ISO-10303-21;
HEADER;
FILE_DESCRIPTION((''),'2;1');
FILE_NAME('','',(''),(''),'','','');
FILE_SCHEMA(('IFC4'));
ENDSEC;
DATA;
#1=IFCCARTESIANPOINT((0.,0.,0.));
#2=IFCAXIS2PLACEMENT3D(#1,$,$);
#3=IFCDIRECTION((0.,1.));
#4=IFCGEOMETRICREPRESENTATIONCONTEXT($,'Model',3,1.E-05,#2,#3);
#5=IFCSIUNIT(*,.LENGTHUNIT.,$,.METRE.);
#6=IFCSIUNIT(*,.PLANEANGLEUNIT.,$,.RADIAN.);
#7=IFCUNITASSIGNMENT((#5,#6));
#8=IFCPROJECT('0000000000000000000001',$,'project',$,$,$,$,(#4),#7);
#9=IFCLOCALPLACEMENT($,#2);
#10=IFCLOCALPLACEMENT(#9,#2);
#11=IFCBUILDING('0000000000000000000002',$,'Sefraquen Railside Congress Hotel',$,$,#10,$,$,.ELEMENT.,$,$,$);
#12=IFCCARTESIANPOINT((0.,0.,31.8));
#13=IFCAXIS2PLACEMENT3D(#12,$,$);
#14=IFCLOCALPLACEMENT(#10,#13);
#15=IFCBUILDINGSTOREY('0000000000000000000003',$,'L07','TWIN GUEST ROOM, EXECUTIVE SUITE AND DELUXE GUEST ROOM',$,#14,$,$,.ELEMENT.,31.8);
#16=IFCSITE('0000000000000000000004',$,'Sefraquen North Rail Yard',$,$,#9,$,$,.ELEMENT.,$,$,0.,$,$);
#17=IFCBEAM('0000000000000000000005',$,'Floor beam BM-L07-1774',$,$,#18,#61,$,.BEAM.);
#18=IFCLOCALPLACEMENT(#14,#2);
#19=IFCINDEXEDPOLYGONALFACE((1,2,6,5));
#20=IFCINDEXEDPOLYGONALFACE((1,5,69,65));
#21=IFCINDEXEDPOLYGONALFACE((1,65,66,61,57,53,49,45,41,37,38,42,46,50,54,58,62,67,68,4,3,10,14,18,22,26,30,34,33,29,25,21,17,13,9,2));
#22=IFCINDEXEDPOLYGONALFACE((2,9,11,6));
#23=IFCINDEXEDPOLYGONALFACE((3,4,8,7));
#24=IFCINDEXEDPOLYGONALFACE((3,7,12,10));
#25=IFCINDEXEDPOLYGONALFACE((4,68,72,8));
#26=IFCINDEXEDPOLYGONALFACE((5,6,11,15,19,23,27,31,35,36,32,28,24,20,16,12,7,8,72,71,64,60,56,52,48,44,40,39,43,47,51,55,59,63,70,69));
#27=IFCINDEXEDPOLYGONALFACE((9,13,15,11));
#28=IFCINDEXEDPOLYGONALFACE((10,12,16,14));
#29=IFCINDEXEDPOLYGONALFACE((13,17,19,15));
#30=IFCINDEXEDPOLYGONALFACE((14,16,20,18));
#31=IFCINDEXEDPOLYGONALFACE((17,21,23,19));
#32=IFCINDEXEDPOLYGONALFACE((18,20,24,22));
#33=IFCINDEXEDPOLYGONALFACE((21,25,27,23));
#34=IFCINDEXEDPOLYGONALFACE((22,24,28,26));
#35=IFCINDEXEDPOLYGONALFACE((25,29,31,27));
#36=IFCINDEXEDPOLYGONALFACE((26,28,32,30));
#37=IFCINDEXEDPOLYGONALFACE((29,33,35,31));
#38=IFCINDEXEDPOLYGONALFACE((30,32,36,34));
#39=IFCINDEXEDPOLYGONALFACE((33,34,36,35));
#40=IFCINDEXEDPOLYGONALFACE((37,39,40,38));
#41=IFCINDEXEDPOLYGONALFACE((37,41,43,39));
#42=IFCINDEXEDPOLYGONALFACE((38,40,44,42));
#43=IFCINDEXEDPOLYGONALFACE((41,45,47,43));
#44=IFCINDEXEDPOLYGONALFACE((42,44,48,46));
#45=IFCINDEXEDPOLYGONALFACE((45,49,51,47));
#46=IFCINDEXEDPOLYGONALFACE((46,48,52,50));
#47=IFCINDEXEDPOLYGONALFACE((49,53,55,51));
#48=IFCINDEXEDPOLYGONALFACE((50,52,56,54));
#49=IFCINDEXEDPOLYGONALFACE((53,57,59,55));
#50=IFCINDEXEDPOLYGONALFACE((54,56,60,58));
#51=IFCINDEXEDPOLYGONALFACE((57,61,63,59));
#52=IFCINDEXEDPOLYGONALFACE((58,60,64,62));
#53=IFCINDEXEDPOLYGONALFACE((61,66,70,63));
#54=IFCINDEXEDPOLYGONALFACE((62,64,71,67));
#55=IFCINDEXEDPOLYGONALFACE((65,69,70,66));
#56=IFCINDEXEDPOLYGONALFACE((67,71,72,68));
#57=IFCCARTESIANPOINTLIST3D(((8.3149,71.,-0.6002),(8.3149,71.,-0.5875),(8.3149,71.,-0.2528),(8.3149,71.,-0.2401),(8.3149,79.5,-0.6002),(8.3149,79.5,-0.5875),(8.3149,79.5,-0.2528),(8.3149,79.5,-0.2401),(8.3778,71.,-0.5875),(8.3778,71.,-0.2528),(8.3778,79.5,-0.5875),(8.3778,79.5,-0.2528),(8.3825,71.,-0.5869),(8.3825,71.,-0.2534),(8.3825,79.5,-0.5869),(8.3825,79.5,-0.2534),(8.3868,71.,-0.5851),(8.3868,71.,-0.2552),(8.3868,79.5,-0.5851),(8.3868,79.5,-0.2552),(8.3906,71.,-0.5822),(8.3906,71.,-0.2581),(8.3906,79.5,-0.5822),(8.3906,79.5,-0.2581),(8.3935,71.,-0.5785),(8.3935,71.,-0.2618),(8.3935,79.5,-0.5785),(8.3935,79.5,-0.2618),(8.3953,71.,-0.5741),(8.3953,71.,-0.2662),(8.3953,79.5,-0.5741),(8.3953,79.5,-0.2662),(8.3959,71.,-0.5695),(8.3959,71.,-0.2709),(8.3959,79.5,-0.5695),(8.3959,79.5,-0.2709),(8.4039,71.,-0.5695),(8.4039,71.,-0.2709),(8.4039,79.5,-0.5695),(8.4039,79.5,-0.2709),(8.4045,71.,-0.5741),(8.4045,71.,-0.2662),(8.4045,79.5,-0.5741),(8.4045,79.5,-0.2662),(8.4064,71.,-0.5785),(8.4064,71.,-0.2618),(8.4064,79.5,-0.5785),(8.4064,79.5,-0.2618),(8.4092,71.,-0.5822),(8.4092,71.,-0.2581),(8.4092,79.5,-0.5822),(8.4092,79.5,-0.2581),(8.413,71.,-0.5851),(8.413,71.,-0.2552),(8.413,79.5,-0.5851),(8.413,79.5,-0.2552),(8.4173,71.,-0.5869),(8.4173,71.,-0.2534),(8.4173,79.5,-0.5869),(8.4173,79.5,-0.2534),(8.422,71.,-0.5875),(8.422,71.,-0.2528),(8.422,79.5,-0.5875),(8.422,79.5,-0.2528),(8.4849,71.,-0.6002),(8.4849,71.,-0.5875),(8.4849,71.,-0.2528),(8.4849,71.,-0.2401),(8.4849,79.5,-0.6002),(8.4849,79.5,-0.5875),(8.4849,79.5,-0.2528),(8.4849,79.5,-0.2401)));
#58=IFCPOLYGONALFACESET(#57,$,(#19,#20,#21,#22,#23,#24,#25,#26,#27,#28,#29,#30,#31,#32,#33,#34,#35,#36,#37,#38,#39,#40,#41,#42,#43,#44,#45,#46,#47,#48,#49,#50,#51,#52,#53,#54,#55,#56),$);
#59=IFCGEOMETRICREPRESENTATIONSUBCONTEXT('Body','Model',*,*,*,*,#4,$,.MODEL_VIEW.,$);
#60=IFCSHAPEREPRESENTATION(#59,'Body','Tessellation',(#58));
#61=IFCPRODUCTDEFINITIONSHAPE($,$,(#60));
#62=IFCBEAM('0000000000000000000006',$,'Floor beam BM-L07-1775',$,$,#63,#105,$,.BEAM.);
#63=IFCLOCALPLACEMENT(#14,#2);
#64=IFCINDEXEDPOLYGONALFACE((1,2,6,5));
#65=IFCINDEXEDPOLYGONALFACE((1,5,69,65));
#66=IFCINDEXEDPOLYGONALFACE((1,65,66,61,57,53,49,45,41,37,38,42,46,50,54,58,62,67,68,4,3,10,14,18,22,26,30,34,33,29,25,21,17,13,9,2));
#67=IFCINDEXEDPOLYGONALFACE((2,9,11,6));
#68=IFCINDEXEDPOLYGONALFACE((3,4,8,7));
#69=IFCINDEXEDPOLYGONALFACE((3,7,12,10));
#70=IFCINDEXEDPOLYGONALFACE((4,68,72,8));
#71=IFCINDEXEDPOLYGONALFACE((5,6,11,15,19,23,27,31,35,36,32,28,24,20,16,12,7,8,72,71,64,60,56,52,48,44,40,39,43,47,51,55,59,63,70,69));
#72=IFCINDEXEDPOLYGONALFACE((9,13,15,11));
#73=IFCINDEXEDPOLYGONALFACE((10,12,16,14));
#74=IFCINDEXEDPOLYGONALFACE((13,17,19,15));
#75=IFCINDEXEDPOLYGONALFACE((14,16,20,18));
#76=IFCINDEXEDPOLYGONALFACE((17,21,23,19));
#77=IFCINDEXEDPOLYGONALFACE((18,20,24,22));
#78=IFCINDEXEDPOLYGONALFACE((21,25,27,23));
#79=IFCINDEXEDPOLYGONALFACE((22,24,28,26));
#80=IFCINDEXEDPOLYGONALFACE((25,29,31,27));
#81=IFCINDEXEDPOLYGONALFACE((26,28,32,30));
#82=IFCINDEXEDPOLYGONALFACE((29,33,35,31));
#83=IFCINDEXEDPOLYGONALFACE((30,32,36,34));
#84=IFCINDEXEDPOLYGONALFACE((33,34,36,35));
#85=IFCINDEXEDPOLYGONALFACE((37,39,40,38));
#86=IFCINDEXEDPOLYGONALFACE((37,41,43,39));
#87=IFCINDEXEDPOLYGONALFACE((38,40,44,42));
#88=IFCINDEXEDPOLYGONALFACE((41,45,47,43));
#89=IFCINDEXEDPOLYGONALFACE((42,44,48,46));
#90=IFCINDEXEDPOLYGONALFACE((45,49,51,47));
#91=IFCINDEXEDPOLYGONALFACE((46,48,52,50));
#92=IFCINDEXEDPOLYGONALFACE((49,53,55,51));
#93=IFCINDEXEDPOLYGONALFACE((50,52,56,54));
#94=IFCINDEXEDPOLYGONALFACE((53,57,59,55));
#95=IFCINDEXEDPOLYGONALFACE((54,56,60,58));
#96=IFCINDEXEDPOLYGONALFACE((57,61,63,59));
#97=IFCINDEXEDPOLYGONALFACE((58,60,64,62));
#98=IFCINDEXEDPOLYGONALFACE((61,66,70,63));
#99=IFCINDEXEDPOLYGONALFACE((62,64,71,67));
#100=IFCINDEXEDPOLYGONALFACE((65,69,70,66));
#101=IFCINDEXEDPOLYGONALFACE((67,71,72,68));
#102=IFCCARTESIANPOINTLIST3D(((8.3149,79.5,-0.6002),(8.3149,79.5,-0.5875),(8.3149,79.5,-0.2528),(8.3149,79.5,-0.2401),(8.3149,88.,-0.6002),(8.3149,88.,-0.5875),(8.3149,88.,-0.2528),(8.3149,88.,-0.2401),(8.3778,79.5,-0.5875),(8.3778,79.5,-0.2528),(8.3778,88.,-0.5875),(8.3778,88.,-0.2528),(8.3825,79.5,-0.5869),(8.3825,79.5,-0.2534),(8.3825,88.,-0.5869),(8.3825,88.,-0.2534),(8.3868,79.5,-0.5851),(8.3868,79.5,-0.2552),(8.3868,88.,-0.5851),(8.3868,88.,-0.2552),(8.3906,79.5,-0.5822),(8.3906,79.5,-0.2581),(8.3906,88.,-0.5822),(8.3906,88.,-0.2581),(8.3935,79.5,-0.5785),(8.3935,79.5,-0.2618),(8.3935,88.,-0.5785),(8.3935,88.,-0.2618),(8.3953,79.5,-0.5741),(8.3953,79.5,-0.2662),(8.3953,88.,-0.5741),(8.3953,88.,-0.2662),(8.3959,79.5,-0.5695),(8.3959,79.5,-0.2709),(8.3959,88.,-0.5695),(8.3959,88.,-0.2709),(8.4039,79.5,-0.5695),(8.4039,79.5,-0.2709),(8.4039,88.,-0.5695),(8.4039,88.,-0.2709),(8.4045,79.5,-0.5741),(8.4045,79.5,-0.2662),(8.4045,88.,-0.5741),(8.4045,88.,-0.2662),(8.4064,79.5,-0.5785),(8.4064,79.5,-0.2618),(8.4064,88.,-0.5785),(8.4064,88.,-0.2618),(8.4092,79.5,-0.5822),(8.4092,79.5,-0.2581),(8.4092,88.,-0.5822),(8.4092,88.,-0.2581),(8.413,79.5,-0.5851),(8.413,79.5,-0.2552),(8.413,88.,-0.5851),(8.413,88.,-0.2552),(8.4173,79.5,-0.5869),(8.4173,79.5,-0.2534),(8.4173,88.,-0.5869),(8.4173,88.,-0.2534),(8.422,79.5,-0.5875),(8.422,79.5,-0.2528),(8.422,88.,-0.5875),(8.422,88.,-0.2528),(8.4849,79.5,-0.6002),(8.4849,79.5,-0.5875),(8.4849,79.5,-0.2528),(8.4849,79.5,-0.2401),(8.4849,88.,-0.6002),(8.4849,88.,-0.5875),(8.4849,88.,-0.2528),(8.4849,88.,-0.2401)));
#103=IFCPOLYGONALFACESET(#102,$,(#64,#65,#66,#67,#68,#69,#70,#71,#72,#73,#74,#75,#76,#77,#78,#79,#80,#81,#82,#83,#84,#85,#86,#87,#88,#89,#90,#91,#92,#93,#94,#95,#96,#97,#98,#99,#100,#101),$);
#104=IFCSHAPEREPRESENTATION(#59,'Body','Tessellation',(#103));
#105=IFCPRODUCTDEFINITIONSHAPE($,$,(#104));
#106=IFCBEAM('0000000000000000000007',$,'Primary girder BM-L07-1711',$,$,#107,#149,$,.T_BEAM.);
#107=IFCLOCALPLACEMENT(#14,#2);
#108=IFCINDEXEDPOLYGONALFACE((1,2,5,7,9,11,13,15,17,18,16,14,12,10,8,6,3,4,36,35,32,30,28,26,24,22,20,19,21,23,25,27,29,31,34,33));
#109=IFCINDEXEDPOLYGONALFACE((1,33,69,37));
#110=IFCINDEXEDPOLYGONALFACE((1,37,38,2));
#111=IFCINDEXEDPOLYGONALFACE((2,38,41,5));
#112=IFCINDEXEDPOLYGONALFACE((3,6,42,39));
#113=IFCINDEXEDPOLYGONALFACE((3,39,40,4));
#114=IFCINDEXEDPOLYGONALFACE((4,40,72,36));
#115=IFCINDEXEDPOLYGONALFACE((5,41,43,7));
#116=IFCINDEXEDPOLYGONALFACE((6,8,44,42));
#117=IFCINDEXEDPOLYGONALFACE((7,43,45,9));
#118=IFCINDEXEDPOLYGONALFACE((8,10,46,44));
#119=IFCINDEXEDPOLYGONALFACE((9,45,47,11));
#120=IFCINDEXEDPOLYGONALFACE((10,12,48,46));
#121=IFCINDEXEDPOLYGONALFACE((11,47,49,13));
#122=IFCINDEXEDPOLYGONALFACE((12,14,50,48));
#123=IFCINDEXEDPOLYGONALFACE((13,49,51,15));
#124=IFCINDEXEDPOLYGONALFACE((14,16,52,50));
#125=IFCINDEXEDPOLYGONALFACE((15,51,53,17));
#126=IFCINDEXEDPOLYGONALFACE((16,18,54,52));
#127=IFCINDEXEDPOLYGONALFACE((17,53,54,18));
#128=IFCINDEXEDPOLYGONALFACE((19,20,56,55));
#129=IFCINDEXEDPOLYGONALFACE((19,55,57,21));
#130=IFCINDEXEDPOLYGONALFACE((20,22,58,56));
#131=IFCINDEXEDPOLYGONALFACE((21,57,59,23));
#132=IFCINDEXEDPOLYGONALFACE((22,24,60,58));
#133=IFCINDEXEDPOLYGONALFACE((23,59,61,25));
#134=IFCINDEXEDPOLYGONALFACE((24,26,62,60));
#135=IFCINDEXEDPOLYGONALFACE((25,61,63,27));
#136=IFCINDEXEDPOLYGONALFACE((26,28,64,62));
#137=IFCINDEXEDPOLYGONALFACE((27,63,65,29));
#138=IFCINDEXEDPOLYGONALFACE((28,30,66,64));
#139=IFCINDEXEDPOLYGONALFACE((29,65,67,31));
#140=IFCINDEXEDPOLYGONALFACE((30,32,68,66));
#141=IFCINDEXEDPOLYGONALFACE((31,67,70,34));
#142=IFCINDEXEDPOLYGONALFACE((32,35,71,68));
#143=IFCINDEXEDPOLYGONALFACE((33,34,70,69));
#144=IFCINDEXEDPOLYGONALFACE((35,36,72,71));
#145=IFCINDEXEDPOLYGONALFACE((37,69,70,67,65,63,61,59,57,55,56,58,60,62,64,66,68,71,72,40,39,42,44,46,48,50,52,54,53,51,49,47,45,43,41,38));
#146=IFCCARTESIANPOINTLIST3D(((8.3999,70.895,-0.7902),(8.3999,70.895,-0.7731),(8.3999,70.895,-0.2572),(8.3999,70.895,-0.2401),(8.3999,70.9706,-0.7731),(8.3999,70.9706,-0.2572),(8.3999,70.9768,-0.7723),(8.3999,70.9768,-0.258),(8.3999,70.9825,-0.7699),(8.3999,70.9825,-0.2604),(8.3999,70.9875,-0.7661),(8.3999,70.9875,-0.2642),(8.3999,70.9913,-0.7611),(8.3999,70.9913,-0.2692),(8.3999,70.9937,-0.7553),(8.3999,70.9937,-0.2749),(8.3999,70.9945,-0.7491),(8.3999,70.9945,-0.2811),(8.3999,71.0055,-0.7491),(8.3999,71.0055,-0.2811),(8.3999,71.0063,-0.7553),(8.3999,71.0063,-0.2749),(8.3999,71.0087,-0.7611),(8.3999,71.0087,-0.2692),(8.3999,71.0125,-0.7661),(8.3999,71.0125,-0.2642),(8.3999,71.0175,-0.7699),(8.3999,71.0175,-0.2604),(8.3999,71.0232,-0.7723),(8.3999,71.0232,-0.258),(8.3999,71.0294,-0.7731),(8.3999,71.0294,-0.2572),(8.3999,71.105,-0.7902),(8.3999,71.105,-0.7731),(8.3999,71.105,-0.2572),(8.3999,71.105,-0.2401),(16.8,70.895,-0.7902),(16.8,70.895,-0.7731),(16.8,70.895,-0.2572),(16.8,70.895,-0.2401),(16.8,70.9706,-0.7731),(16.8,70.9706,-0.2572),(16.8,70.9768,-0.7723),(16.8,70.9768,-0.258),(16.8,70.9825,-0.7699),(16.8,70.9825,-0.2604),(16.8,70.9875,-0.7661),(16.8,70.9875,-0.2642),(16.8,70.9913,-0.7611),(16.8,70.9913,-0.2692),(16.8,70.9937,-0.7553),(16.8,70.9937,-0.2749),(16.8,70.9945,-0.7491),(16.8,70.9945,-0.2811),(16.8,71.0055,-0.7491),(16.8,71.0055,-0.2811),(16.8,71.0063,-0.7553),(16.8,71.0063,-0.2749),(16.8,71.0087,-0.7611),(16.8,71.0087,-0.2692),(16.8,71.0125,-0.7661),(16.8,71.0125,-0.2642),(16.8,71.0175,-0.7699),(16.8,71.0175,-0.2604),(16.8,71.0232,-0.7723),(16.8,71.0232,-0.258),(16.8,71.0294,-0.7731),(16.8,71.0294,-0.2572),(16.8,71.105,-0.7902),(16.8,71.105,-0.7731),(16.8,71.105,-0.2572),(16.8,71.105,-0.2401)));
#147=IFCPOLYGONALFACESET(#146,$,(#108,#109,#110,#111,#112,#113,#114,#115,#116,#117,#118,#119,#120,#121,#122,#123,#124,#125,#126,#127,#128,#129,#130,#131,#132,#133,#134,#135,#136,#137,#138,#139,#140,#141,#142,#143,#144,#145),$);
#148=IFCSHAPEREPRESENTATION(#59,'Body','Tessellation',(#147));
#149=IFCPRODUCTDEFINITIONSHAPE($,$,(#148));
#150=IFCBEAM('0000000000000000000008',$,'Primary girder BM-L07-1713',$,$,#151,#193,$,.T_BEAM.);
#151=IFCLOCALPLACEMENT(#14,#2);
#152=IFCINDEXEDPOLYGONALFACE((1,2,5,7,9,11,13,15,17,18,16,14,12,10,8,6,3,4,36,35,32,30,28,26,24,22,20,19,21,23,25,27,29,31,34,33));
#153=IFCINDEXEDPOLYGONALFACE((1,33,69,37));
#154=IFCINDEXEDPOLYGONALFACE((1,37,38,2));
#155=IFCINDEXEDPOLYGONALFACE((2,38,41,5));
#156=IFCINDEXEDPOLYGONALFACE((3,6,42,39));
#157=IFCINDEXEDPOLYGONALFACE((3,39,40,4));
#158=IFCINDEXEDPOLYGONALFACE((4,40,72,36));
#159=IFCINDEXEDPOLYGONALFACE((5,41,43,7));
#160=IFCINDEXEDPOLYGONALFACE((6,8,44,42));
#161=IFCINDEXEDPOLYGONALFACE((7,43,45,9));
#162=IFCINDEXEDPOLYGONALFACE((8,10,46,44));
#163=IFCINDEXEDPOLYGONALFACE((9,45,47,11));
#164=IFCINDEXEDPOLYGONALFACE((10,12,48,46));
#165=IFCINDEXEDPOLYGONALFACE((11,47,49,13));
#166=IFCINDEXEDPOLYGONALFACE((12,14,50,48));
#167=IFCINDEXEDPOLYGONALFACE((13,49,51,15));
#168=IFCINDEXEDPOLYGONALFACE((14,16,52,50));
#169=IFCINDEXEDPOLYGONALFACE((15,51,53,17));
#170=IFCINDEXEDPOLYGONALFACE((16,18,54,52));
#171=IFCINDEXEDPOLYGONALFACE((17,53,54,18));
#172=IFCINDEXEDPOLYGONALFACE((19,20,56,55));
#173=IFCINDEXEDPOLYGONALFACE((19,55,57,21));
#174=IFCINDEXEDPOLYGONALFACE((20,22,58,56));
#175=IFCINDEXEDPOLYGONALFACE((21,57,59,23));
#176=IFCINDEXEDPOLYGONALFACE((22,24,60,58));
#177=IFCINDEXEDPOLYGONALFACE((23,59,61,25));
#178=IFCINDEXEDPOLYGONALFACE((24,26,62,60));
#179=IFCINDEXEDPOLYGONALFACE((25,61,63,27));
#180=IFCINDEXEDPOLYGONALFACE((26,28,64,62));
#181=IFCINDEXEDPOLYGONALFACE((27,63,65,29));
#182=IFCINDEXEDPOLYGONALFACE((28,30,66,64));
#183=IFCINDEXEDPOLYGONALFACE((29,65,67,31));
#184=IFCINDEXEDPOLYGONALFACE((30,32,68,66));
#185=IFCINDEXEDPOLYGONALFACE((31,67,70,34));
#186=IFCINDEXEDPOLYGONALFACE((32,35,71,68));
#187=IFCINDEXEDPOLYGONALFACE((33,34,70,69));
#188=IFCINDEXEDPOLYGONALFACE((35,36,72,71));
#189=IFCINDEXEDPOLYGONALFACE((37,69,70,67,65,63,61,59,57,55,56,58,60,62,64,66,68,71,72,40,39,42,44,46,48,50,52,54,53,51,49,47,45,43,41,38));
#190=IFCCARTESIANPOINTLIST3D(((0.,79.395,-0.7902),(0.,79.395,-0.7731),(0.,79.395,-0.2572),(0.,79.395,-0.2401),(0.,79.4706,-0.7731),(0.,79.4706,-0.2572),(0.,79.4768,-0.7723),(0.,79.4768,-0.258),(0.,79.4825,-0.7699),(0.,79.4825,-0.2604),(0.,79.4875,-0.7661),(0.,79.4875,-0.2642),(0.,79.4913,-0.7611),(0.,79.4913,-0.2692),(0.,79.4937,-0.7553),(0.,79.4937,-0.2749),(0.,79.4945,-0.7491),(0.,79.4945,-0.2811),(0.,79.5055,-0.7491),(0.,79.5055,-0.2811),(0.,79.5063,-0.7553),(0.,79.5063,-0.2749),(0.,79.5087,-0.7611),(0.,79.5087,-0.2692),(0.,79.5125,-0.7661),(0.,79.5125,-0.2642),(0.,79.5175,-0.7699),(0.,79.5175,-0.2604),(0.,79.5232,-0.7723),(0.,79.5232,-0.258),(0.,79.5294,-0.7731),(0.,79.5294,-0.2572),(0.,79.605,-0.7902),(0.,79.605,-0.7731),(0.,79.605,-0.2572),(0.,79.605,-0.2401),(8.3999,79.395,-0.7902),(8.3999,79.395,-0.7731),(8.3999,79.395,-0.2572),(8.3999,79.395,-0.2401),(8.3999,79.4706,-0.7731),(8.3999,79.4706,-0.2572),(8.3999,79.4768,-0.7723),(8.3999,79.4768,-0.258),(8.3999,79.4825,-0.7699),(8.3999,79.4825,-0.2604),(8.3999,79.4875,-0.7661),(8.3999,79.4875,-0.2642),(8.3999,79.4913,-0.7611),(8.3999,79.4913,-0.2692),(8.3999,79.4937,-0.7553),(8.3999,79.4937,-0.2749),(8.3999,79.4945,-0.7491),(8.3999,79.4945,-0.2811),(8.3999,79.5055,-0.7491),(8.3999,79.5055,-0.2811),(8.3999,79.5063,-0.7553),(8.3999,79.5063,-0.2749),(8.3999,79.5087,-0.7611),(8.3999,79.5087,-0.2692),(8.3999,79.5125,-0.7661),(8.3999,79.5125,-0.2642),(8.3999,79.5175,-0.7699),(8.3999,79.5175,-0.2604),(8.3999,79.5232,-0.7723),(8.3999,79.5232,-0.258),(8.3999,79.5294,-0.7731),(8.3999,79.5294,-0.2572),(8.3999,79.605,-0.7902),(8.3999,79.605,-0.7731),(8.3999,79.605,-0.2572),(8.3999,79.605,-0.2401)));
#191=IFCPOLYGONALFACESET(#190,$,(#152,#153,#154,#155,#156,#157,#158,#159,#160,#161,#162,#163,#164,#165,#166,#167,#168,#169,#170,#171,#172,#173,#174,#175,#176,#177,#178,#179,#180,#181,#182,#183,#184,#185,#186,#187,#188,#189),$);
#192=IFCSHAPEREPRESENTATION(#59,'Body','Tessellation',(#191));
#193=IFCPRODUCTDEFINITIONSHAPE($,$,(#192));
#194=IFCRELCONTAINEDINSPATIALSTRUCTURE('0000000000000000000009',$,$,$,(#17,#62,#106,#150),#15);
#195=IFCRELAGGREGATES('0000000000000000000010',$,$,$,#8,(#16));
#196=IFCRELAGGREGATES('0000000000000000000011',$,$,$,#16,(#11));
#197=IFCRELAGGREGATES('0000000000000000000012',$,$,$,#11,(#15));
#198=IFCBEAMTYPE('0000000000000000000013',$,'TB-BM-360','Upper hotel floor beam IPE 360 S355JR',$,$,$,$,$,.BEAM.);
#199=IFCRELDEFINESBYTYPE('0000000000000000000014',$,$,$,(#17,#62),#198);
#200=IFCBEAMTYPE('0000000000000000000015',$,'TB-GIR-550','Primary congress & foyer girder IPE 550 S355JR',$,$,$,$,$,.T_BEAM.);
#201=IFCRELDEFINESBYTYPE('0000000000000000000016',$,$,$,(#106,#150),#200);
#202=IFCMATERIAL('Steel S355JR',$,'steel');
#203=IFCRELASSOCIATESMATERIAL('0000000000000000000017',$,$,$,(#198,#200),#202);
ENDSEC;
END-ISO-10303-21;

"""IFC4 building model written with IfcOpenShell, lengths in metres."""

from ifc_helpers import new_model, si_unit, direction, frame, origin, origin_2d, place, context, subcontext, project, spatial, i_section, extrude, material, material_profile, profile_set, type_object, element, save


model = new_model("IFC4")

# Units and contexts
model_context = context("Model", 3, precision=1e-05, world=origin(), true_north=direction((0.0, 1.0)))
body_context = subcontext(model_context, "Body", "Model", "MODEL_VIEW")
ifc_project = project(units=[si_unit("LENGTHUNIT", "METRE"), si_unit("PLANEANGLEUNIT", "RADIAN")], contexts=[model_context])

# Site, building, storey
site_placement = place(None, origin())
site = spatial("IfcSite", under=ifc_project, at=site_placement, Name="Sefraquen North Rail Yard", CompositionType="ELEMENT", RefElevation=0.0)
building_placement = place(site_placement, origin())
building = spatial("IfcBuilding", under=site, at=building_placement, Name="Sefraquen Railside Congress Hotel", CompositionType="ELEMENT")
storey_placement = place(building_placement, frame((0.0, 0.0, 31.8)))
storey = spatial("IfcBuildingStorey", under=building, at=storey_placement, Name="L07", Description="TWIN GUEST ROOM, EXECUTIVE SUITE AND DELUXE GUEST ROOM", CompositionType="ELEMENT", Elevation=31.8)

# Shared definitions
ifc_material_1 = material(Name="Steel S355JR", Category="steel")

# Beams
ifc_material_profile_1 = material_profile(ifc_material_1, i_section(OverallWidth=0.1699, OverallDepth=0.3601, WebThickness=0.0081, FlangeThickness=0.0127, FilletRadius=0.0181, at=origin_2d()), Name="IPE 360")
ifc_profile_set_1 = profile_set([ifc_material_profile_1], Name="Steel S355JR")
beam_type_1 = type_object("IfcBeamType", Name="TB-BM-360", Description="Upper hotel floor beam IPE 360 S355JR", PredefinedType="BEAM", material=ifc_profile_set_1)
for number, where, z_axis, x_axis, name in (
    (1, (8.3999, 71.0, -0.4202), (0.0, 1.0, 0.0), (-1.0, 0.0, 0.0), "Floor beam BM-L07-1774"),
    (2, (8.3999, 79.5, -0.4202), (0.0, 1.0, 0.0), (-1.0, 0.0, 0.0), "Floor beam BM-L07-1775"),
):
    element("IfcBeam", number, at=place(storey_placement, frame(where, z_axis=z_axis, x_axis=x_axis)), inside=storey, type_object=beam_type_1, Name=name, PredefinedType="BEAM", context=body_context, shape_type="SweptSolid", body=[
        extrude(i_section(OverallWidth=0.1699, OverallDepth=0.3601, WebThickness=0.0081, FlangeThickness=0.0127, FilletRadius=0.0181, at=origin_2d()), origin(), (0.0, 0.0, 1.0), 8.5),
    ])
ifc_material_profile_2 = material_profile(ifc_material_1, i_section(OverallWidth=0.21, OverallDepth=0.55, WebThickness=0.011, FlangeThickness=0.0171, FilletRadius=0.0239, at=origin_2d()), Name="IPE 550")
ifc_profile_set_2 = profile_set([ifc_material_profile_2], Name="Steel S355JR")
beam_type_2 = type_object("IfcBeamType", Name="TB-GIR-550", Description="Primary congress & foyer girder IPE 550 S355JR", PredefinedType="T_BEAM", material=ifc_profile_set_2)
beam_1_placement = place(storey_placement, frame((8.3999, 71.0, -0.5151), z_axis=(1.0, 0.0, 0.0), x_axis=(0.0, 1.0, 0.0)))
element("IfcBeam", 3, at=beam_1_placement, inside=storey, type_object=beam_type_2, Name="Primary girder BM-L07-1711", PredefinedType="T_BEAM", context=body_context, shape_type="SweptSolid", body=[
    extrude(i_section(OverallWidth=0.21, OverallDepth=0.55, WebThickness=0.011, FlangeThickness=0.0171, FilletRadius=0.0239, at=origin_2d()), origin(), (0.0, 0.0, 1.0), 8.4001),
])
beam_2_placement = place(storey_placement, frame((0.0, 79.5, -0.5151), z_axis=(1.0, 0.0, 0.0), x_axis=(0.0, 1.0, 0.0)))
element("IfcBeam", 4, at=beam_2_placement, inside=storey, type_object=beam_type_2, Name="Primary girder BM-L07-1713", PredefinedType="T_BEAM", context=body_context, shape_type="SweptSolid", body=[
    extrude(i_section(OverallWidth=0.21, OverallDepth=0.55, WebThickness=0.011, FlangeThickness=0.0171, FilletRadius=0.0239, at=origin_2d()), origin(), (0.0, 0.0, 1.0), 8.3999),
])

save(model, "model.ifc")
